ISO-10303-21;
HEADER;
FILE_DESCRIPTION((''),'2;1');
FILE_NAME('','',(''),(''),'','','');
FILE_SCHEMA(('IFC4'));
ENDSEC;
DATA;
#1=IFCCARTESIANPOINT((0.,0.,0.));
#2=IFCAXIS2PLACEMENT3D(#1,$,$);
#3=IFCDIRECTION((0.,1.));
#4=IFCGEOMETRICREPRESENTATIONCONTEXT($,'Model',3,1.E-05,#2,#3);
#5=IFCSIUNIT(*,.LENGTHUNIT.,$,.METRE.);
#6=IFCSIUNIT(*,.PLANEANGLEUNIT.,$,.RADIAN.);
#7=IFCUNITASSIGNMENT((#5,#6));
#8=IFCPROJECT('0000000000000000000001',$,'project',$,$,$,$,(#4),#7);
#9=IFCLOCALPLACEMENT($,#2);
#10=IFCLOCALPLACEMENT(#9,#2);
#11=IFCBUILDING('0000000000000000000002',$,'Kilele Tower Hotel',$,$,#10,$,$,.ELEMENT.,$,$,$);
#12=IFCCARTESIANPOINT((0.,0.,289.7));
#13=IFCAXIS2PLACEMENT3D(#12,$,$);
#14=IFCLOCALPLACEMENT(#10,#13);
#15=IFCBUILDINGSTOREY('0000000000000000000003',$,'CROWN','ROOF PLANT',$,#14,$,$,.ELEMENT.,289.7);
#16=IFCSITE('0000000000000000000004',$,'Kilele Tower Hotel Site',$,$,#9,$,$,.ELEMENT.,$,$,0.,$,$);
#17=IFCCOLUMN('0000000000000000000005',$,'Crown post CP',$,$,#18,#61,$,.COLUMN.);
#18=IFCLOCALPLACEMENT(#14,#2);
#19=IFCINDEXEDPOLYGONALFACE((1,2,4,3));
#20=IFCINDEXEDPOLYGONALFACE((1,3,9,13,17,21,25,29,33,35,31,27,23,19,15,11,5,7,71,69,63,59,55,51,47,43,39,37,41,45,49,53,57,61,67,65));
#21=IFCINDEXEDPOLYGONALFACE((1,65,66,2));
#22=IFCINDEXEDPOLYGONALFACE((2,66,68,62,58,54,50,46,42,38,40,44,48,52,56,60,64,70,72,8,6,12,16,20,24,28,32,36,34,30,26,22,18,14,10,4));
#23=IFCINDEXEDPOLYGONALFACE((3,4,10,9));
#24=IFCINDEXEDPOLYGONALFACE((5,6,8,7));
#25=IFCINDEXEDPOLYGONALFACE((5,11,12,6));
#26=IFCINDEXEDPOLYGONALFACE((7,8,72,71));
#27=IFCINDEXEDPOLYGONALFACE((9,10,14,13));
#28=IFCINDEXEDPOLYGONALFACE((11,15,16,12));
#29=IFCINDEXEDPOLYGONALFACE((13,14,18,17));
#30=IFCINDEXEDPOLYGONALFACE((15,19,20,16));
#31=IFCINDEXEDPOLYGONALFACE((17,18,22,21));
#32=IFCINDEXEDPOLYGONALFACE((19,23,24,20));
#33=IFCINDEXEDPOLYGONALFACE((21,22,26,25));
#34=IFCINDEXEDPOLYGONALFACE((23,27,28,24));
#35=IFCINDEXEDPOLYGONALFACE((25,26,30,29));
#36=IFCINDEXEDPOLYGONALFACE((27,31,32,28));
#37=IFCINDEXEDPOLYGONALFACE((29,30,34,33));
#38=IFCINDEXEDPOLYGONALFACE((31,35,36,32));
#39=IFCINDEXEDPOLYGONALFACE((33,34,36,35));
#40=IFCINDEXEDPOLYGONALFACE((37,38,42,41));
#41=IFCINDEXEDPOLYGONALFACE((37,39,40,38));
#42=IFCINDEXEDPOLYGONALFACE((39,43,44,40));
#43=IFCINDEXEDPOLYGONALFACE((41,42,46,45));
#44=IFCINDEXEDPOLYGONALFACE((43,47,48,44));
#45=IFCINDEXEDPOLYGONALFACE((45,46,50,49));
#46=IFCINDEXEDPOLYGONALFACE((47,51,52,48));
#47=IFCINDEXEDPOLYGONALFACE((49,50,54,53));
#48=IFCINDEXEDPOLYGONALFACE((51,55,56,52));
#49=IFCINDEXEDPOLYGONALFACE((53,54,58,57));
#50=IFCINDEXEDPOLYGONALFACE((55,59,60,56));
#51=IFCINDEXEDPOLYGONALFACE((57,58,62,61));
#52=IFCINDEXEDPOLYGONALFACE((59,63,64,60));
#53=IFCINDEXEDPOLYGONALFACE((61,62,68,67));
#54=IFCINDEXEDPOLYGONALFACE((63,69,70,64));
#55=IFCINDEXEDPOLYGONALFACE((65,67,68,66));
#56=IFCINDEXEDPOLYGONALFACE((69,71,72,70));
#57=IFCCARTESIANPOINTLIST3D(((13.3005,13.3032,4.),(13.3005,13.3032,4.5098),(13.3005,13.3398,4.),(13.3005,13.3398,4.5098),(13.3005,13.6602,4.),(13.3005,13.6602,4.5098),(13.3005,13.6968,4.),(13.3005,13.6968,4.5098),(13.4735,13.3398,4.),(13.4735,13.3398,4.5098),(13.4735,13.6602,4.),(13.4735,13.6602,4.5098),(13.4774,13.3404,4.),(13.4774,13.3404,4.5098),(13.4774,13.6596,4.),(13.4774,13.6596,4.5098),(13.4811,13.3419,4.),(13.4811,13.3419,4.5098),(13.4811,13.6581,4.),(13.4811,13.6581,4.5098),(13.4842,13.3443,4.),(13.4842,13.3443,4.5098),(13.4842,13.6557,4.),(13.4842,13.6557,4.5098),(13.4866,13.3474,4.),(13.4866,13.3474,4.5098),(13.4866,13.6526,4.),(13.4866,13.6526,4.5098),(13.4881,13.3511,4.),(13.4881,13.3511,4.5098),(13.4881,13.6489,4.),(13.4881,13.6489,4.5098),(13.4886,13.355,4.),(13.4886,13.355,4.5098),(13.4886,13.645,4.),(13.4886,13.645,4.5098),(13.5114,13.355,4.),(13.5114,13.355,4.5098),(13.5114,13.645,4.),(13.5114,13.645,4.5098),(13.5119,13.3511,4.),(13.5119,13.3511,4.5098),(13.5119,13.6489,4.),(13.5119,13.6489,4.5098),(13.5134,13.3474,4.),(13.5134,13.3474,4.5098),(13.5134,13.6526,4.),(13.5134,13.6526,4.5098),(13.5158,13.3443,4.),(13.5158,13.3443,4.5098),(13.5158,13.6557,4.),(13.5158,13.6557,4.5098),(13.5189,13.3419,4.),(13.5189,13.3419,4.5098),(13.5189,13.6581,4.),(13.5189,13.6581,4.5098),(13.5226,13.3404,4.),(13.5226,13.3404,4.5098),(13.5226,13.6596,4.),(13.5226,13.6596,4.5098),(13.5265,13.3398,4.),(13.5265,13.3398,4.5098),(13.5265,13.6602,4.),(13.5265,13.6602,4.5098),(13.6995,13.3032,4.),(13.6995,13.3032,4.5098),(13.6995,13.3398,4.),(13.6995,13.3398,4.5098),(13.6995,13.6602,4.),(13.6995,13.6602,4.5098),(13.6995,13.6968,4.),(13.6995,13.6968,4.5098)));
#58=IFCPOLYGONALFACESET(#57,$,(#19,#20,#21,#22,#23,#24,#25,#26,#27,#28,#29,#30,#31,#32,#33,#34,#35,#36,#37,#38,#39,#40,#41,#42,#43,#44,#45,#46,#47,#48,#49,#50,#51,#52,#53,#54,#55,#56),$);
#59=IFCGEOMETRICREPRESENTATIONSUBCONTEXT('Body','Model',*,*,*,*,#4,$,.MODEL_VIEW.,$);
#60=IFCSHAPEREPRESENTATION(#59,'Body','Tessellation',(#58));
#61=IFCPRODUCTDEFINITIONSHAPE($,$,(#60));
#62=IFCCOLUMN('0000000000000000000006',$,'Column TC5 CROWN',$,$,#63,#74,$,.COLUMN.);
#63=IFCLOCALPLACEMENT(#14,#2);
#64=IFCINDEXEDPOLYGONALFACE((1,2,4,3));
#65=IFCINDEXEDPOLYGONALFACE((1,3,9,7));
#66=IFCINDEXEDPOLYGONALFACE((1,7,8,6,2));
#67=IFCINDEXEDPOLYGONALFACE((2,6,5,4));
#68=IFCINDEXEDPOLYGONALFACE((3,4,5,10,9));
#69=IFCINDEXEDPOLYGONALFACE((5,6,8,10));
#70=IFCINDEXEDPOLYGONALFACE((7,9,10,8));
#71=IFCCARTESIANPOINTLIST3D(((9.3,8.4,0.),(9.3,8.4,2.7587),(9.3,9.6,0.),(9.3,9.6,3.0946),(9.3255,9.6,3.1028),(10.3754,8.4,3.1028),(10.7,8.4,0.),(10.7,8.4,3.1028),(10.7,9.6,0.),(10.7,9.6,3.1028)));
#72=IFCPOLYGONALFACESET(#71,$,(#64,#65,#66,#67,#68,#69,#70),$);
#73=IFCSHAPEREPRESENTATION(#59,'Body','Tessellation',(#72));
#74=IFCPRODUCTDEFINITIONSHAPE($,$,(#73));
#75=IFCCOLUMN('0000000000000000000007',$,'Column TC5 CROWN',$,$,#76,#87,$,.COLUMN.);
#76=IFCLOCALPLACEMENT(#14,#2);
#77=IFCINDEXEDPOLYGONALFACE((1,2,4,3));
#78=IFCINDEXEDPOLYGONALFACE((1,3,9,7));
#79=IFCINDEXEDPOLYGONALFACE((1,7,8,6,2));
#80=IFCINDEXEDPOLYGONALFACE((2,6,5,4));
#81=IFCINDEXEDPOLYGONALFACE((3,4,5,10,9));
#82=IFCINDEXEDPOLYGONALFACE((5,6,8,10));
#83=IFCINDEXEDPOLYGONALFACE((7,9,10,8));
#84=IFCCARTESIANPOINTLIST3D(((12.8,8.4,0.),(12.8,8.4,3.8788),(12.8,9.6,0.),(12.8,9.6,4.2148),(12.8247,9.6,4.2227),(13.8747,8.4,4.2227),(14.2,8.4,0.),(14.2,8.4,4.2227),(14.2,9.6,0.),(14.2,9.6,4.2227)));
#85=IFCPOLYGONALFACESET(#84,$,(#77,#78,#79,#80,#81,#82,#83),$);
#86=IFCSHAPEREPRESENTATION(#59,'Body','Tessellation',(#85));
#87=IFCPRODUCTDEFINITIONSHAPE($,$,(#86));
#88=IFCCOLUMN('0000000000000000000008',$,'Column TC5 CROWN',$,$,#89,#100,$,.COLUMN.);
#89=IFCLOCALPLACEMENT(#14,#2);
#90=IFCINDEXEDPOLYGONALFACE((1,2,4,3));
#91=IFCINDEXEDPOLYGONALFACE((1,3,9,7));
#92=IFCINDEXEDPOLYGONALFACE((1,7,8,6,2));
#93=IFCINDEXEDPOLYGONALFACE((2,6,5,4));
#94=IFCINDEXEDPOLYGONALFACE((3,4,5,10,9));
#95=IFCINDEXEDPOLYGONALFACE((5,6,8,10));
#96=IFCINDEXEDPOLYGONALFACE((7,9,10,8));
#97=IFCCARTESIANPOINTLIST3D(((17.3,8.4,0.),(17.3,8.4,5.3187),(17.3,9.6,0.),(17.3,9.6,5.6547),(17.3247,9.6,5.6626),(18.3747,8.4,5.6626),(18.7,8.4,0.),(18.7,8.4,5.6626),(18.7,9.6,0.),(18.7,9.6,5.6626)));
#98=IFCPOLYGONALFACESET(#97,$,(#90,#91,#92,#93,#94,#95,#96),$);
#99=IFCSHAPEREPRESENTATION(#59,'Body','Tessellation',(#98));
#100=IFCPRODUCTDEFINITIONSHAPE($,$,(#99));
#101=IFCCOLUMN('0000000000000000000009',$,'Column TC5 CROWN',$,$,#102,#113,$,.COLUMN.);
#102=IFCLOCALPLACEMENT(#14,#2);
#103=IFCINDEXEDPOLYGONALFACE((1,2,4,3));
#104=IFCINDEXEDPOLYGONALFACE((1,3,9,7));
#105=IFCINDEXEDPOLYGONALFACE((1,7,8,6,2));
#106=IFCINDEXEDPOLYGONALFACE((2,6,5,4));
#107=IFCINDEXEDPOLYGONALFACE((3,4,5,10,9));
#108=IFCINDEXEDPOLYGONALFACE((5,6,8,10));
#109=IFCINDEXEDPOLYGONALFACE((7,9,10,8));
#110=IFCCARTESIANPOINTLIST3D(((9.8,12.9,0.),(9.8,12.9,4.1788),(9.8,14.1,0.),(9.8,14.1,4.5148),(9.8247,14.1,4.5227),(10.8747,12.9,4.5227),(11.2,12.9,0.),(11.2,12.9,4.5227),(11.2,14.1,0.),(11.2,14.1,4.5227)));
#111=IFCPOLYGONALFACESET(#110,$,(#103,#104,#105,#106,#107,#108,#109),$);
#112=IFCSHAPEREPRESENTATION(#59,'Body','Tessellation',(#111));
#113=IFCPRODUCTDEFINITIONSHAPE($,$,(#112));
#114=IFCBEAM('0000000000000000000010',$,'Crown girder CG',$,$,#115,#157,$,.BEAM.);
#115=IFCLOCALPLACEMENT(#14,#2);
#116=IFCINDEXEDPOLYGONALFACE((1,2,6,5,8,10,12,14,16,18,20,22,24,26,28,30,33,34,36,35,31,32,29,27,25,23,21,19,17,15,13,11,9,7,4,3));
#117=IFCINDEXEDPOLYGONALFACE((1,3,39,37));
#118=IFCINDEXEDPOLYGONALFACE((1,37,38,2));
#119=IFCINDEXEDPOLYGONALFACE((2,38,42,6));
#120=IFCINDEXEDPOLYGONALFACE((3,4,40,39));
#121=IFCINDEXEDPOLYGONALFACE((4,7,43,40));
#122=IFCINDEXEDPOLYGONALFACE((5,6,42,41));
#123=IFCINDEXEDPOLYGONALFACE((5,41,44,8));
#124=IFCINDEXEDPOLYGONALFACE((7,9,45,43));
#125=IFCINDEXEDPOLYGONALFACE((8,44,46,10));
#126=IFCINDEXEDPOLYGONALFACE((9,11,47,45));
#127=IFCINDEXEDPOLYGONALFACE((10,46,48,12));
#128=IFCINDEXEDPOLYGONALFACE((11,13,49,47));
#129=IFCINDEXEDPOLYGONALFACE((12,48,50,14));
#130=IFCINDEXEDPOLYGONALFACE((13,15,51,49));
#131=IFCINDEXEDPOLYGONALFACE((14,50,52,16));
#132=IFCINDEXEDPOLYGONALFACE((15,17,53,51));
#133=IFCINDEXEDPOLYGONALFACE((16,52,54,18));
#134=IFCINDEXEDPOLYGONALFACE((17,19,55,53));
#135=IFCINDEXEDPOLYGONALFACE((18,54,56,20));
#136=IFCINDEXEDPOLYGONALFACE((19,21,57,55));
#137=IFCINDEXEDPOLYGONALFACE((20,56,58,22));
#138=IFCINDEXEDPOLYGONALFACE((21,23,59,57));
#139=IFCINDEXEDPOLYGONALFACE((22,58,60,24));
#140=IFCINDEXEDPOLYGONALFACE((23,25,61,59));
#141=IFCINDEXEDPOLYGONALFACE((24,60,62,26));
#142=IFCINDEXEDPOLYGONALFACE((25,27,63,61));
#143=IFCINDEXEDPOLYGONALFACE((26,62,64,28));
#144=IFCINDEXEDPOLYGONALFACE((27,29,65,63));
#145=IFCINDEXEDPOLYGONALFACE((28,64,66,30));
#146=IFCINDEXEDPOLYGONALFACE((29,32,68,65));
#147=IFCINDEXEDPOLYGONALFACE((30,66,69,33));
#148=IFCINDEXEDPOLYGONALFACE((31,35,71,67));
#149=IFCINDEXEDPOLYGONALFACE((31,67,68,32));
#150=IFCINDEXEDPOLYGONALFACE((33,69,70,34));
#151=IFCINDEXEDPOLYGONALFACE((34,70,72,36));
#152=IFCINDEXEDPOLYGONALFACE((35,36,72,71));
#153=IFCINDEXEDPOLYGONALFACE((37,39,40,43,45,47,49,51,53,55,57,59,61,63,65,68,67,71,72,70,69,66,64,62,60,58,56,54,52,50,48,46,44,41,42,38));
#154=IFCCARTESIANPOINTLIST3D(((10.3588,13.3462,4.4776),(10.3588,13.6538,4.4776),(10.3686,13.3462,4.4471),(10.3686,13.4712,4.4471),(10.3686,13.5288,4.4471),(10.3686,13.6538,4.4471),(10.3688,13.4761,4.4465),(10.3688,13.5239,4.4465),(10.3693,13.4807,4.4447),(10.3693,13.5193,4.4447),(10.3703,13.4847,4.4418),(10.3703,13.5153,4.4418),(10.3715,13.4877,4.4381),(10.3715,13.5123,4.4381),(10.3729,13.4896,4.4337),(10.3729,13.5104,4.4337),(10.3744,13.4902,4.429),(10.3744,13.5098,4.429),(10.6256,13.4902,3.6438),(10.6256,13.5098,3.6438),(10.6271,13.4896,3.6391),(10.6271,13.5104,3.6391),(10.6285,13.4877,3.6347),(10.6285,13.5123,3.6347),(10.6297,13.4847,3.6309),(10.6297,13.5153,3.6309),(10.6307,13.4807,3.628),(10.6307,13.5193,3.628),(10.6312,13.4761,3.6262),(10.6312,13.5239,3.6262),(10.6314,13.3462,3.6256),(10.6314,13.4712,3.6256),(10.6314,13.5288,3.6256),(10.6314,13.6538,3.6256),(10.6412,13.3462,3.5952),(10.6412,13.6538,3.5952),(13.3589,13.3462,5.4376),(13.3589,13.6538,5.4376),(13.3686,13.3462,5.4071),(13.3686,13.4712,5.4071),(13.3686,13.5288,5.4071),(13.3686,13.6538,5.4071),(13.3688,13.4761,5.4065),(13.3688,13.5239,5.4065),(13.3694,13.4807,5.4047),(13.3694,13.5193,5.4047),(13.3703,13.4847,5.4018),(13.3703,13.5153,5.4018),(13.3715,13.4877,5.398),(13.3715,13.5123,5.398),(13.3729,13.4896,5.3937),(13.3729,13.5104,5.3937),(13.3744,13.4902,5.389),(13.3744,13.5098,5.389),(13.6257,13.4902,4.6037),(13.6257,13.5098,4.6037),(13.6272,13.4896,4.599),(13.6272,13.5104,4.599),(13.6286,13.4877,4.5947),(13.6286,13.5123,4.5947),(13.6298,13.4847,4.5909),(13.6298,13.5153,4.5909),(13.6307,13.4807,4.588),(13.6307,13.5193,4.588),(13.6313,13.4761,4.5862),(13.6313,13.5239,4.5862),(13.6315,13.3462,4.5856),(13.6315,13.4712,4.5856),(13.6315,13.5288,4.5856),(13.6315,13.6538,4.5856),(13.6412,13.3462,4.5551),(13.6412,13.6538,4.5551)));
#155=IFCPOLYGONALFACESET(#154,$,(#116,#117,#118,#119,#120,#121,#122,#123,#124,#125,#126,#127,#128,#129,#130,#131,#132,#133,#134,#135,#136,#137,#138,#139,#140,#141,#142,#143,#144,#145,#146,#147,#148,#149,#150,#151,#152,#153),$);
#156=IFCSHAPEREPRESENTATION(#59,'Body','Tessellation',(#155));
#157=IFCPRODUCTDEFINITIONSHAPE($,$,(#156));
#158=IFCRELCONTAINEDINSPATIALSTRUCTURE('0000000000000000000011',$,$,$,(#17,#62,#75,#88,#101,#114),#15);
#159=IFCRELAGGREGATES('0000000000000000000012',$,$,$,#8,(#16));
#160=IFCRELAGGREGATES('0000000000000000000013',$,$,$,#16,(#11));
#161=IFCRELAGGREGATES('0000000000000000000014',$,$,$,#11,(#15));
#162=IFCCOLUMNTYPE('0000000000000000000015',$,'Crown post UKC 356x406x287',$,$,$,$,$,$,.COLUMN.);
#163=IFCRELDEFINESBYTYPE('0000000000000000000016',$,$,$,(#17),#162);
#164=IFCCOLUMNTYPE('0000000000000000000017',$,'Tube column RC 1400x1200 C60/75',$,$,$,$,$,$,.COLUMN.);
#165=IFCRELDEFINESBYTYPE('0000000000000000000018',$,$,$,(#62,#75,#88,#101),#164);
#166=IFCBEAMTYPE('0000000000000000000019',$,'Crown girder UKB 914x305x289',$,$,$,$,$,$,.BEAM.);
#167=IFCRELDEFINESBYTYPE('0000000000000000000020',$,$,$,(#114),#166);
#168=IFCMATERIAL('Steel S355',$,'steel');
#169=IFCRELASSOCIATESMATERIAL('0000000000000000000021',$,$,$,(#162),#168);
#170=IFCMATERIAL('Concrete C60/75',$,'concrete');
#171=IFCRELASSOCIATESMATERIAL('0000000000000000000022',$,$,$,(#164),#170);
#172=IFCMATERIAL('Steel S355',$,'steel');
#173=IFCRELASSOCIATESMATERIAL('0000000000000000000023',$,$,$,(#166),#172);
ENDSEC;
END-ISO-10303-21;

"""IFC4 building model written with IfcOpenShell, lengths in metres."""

from ifc_helpers import new_model, si_unit, direction, frame, origin, origin_2d, place, context, subcontext, project, spatial, rectangle, i_section, extrude, clip, halfspace, material, material_profile, profile_set, type_object, element, save


model = new_model("IFC4")

# Units and contexts
model_context = context("Model", 3, precision=1e-05, world=origin(), true_north=direction((0.0, 1.0)))
body_context = subcontext(model_context, "Body", "Model", "MODEL_VIEW")
ifc_project = project(units=[si_unit("LENGTHUNIT", "METRE"), si_unit("PLANEANGLEUNIT", "RADIAN")], contexts=[model_context])

# Site, building, storey
site_placement = place(None, origin())
site = spatial("IfcSite", under=ifc_project, at=site_placement, Name="Kilele Tower Hotel Site", CompositionType="ELEMENT", RefElevation=0.0)
building_placement = place(site_placement, origin())
building = spatial("IfcBuilding", under=site, at=building_placement, Name="Kilele Tower Hotel", CompositionType="ELEMENT")
storey_placement = place(building_placement, frame((0.0, 0.0, 289.7)))
storey = spatial("IfcBuildingStorey", under=building, at=storey_placement, Name="CROWN", Description="ROOF PLANT", CompositionType="ELEMENT", Elevation=289.7)

# Columns
ifc_material_1 = material(Name="Steel S355", Category="steel")
ifc_material_profile_1 = material_profile(ifc_material_1, i_section(OverallWidth=0.3989, OverallDepth=0.3936, WebThickness=0.0227, FlangeThickness=0.0366, FilletRadius=0.0151, at=origin_2d()))
ifc_profile_set_1 = profile_set([ifc_material_profile_1], Name="Steel S355")
column_type_1 = type_object("IfcColumnType", Name="Crown post UKC 356x406x287", PredefinedType="COLUMN", material=ifc_profile_set_1)
column_1_placement = place(storey_placement, frame((13.5, 13.5, 4.0), z_axis=(0.0, 0.0, 1.0), x_axis=(1.0, 0.0, 0.0)))
element("IfcColumn", 1, at=column_1_placement, inside=storey, type_object=column_type_1, Name="Crown post CP", PredefinedType="COLUMN", context=body_context, shape_type="SweptSolid", body=[
    extrude(i_section(OverallWidth=0.3989, OverallDepth=0.3936, WebThickness=0.0227, FlangeThickness=0.0366, FilletRadius=0.0151, at=origin_2d()), origin(), (0.0, 0.0, 1.0), 0.5098),
])
ifc_material_2 = material(Name="Concrete C60/75", Category="concrete")
ifc_material_profile_2 = material_profile(ifc_material_2, rectangle(XDim=1.3999, YDim=1.2, at=origin_2d()))
ifc_profile_set_2 = profile_set([ifc_material_profile_2], Name="Concrete C60/75")
column_type_2 = type_object("IfcColumnType", Name="Tube column RC 1400x1200 C60/75", PredefinedType="COLUMN", material=ifc_profile_set_2)
column_2_placement = place(storey_placement, frame((10.0, 9.0, 0.0), z_axis=(0.0, 0.0, 1.0), x_axis=(1.0, 0.0, 0.0)))
element("IfcColumn", 2, at=column_2_placement, inside=storey, type_object=column_type_2, Name="Column TC5 CROWN", PredefinedType="COLUMN", context=body_context, shape_type="Clipping", body=[
    clip(extrude(rectangle(XDim=1.3999, YDim=1.2, at=origin_2d()), origin(), (0.0, 0.0, 1.0), 3.1028), halfspace(frame((0.0, 0.0, 3.1506), z_axis=(-0.294484, -0.257674, 0.920263), x_axis=(0.952424, 0.0, 0.304776)), False)),
])
column_3_placement = place(storey_placement, frame((13.5, 9.0, 0.0), z_axis=(0.0, 0.0, 1.0), x_axis=(1.0, 0.0, 0.0)))
element("IfcColumn", 3, at=column_3_placement, inside=storey, type_object=column_type_2, Name="Column TC5 CROWN", PredefinedType="COLUMN", context=body_context, shape_type="Clipping", body=[
    clip(extrude(rectangle(XDim=1.3999, YDim=1.2, at=origin_2d()), origin(), (0.0, 0.0, 1.0), 4.2227), halfspace(frame((0.0, 0.0, 4.2708), z_axis=(-0.294484, -0.257674, 0.920263), x_axis=(0.952424, 0.0, 0.304776)), False)),
])
column_4_placement = place(storey_placement, frame((18.0, 9.0, 0.0), z_axis=(0.0, 0.0, 1.0), x_axis=(1.0, 0.0, 0.0)))
element("IfcColumn", 4, at=column_4_placement, inside=storey, type_object=column_type_2, Name="Column TC5 CROWN", PredefinedType="COLUMN", context=body_context, shape_type="Clipping", body=[
    clip(extrude(rectangle(XDim=1.3999, YDim=1.2, at=origin_2d()), origin(), (0.0, 0.0, 1.0), 5.6626), halfspace(frame((0.0, 0.0, 5.7107), z_axis=(-0.294484, -0.257674, 0.920263), x_axis=(0.952424, 0.0, 0.304776)), False)),
])
column_5_placement = place(storey_placement, frame((10.5, 13.5, 0.0), z_axis=(0.0, 0.0, 1.0), x_axis=(1.0, 0.0, 0.0)))
element("IfcColumn", 5, at=column_5_placement, inside=storey, type_object=column_type_2, Name="Column TC5 CROWN", PredefinedType="COLUMN", context=body_context, shape_type="Clipping", body=[
    clip(extrude(rectangle(XDim=1.3999, YDim=1.2, at=origin_2d()), origin(), (0.0, 0.0, 1.0), 4.5227), halfspace(frame((0.0, 0.0, 4.5708), z_axis=(-0.294484, -0.257674, 0.920263), x_axis=(0.952424, 0.0, 0.304776)), False)),
])

# Beam
ifc_material_3 = material(Name="Steel S355", Category="steel")
ifc_material_profile_3 = material_profile(ifc_material_3, i_section(OverallWidth=0.3076, OverallDepth=0.9265, WebThickness=0.0195, FlangeThickness=0.032, FilletRadius=0.019, at=origin_2d()))
ifc_profile_set_3 = profile_set([ifc_material_profile_3], Name="Steel S355")
beam_type_1 = type_object("IfcBeamType", Name="Crown girder UKB 914x305x289", PredefinedType="BEAM", material=ifc_profile_set_3)
beam_1_placement = place(storey_placement, frame((10.5, 13.5, 4.0364), z_axis=(0.952428, 0.0, 0.304764), x_axis=(0.0, 1.0, 0.0)))
element("IfcBeam", 6, at=beam_1_placement, inside=storey, type_object=beam_type_1, Name="Crown girder CG", PredefinedType="BEAM", context=body_context, shape_type="SweptSolid", body=[
    extrude(i_section(OverallWidth=0.3076, OverallDepth=0.9265, WebThickness=0.0195, FlangeThickness=0.032, FilletRadius=0.019, at=origin_2d()), origin(), (0.0, 0.0, 1.0), 3.1499),
])

save(model, "model.ifc")
